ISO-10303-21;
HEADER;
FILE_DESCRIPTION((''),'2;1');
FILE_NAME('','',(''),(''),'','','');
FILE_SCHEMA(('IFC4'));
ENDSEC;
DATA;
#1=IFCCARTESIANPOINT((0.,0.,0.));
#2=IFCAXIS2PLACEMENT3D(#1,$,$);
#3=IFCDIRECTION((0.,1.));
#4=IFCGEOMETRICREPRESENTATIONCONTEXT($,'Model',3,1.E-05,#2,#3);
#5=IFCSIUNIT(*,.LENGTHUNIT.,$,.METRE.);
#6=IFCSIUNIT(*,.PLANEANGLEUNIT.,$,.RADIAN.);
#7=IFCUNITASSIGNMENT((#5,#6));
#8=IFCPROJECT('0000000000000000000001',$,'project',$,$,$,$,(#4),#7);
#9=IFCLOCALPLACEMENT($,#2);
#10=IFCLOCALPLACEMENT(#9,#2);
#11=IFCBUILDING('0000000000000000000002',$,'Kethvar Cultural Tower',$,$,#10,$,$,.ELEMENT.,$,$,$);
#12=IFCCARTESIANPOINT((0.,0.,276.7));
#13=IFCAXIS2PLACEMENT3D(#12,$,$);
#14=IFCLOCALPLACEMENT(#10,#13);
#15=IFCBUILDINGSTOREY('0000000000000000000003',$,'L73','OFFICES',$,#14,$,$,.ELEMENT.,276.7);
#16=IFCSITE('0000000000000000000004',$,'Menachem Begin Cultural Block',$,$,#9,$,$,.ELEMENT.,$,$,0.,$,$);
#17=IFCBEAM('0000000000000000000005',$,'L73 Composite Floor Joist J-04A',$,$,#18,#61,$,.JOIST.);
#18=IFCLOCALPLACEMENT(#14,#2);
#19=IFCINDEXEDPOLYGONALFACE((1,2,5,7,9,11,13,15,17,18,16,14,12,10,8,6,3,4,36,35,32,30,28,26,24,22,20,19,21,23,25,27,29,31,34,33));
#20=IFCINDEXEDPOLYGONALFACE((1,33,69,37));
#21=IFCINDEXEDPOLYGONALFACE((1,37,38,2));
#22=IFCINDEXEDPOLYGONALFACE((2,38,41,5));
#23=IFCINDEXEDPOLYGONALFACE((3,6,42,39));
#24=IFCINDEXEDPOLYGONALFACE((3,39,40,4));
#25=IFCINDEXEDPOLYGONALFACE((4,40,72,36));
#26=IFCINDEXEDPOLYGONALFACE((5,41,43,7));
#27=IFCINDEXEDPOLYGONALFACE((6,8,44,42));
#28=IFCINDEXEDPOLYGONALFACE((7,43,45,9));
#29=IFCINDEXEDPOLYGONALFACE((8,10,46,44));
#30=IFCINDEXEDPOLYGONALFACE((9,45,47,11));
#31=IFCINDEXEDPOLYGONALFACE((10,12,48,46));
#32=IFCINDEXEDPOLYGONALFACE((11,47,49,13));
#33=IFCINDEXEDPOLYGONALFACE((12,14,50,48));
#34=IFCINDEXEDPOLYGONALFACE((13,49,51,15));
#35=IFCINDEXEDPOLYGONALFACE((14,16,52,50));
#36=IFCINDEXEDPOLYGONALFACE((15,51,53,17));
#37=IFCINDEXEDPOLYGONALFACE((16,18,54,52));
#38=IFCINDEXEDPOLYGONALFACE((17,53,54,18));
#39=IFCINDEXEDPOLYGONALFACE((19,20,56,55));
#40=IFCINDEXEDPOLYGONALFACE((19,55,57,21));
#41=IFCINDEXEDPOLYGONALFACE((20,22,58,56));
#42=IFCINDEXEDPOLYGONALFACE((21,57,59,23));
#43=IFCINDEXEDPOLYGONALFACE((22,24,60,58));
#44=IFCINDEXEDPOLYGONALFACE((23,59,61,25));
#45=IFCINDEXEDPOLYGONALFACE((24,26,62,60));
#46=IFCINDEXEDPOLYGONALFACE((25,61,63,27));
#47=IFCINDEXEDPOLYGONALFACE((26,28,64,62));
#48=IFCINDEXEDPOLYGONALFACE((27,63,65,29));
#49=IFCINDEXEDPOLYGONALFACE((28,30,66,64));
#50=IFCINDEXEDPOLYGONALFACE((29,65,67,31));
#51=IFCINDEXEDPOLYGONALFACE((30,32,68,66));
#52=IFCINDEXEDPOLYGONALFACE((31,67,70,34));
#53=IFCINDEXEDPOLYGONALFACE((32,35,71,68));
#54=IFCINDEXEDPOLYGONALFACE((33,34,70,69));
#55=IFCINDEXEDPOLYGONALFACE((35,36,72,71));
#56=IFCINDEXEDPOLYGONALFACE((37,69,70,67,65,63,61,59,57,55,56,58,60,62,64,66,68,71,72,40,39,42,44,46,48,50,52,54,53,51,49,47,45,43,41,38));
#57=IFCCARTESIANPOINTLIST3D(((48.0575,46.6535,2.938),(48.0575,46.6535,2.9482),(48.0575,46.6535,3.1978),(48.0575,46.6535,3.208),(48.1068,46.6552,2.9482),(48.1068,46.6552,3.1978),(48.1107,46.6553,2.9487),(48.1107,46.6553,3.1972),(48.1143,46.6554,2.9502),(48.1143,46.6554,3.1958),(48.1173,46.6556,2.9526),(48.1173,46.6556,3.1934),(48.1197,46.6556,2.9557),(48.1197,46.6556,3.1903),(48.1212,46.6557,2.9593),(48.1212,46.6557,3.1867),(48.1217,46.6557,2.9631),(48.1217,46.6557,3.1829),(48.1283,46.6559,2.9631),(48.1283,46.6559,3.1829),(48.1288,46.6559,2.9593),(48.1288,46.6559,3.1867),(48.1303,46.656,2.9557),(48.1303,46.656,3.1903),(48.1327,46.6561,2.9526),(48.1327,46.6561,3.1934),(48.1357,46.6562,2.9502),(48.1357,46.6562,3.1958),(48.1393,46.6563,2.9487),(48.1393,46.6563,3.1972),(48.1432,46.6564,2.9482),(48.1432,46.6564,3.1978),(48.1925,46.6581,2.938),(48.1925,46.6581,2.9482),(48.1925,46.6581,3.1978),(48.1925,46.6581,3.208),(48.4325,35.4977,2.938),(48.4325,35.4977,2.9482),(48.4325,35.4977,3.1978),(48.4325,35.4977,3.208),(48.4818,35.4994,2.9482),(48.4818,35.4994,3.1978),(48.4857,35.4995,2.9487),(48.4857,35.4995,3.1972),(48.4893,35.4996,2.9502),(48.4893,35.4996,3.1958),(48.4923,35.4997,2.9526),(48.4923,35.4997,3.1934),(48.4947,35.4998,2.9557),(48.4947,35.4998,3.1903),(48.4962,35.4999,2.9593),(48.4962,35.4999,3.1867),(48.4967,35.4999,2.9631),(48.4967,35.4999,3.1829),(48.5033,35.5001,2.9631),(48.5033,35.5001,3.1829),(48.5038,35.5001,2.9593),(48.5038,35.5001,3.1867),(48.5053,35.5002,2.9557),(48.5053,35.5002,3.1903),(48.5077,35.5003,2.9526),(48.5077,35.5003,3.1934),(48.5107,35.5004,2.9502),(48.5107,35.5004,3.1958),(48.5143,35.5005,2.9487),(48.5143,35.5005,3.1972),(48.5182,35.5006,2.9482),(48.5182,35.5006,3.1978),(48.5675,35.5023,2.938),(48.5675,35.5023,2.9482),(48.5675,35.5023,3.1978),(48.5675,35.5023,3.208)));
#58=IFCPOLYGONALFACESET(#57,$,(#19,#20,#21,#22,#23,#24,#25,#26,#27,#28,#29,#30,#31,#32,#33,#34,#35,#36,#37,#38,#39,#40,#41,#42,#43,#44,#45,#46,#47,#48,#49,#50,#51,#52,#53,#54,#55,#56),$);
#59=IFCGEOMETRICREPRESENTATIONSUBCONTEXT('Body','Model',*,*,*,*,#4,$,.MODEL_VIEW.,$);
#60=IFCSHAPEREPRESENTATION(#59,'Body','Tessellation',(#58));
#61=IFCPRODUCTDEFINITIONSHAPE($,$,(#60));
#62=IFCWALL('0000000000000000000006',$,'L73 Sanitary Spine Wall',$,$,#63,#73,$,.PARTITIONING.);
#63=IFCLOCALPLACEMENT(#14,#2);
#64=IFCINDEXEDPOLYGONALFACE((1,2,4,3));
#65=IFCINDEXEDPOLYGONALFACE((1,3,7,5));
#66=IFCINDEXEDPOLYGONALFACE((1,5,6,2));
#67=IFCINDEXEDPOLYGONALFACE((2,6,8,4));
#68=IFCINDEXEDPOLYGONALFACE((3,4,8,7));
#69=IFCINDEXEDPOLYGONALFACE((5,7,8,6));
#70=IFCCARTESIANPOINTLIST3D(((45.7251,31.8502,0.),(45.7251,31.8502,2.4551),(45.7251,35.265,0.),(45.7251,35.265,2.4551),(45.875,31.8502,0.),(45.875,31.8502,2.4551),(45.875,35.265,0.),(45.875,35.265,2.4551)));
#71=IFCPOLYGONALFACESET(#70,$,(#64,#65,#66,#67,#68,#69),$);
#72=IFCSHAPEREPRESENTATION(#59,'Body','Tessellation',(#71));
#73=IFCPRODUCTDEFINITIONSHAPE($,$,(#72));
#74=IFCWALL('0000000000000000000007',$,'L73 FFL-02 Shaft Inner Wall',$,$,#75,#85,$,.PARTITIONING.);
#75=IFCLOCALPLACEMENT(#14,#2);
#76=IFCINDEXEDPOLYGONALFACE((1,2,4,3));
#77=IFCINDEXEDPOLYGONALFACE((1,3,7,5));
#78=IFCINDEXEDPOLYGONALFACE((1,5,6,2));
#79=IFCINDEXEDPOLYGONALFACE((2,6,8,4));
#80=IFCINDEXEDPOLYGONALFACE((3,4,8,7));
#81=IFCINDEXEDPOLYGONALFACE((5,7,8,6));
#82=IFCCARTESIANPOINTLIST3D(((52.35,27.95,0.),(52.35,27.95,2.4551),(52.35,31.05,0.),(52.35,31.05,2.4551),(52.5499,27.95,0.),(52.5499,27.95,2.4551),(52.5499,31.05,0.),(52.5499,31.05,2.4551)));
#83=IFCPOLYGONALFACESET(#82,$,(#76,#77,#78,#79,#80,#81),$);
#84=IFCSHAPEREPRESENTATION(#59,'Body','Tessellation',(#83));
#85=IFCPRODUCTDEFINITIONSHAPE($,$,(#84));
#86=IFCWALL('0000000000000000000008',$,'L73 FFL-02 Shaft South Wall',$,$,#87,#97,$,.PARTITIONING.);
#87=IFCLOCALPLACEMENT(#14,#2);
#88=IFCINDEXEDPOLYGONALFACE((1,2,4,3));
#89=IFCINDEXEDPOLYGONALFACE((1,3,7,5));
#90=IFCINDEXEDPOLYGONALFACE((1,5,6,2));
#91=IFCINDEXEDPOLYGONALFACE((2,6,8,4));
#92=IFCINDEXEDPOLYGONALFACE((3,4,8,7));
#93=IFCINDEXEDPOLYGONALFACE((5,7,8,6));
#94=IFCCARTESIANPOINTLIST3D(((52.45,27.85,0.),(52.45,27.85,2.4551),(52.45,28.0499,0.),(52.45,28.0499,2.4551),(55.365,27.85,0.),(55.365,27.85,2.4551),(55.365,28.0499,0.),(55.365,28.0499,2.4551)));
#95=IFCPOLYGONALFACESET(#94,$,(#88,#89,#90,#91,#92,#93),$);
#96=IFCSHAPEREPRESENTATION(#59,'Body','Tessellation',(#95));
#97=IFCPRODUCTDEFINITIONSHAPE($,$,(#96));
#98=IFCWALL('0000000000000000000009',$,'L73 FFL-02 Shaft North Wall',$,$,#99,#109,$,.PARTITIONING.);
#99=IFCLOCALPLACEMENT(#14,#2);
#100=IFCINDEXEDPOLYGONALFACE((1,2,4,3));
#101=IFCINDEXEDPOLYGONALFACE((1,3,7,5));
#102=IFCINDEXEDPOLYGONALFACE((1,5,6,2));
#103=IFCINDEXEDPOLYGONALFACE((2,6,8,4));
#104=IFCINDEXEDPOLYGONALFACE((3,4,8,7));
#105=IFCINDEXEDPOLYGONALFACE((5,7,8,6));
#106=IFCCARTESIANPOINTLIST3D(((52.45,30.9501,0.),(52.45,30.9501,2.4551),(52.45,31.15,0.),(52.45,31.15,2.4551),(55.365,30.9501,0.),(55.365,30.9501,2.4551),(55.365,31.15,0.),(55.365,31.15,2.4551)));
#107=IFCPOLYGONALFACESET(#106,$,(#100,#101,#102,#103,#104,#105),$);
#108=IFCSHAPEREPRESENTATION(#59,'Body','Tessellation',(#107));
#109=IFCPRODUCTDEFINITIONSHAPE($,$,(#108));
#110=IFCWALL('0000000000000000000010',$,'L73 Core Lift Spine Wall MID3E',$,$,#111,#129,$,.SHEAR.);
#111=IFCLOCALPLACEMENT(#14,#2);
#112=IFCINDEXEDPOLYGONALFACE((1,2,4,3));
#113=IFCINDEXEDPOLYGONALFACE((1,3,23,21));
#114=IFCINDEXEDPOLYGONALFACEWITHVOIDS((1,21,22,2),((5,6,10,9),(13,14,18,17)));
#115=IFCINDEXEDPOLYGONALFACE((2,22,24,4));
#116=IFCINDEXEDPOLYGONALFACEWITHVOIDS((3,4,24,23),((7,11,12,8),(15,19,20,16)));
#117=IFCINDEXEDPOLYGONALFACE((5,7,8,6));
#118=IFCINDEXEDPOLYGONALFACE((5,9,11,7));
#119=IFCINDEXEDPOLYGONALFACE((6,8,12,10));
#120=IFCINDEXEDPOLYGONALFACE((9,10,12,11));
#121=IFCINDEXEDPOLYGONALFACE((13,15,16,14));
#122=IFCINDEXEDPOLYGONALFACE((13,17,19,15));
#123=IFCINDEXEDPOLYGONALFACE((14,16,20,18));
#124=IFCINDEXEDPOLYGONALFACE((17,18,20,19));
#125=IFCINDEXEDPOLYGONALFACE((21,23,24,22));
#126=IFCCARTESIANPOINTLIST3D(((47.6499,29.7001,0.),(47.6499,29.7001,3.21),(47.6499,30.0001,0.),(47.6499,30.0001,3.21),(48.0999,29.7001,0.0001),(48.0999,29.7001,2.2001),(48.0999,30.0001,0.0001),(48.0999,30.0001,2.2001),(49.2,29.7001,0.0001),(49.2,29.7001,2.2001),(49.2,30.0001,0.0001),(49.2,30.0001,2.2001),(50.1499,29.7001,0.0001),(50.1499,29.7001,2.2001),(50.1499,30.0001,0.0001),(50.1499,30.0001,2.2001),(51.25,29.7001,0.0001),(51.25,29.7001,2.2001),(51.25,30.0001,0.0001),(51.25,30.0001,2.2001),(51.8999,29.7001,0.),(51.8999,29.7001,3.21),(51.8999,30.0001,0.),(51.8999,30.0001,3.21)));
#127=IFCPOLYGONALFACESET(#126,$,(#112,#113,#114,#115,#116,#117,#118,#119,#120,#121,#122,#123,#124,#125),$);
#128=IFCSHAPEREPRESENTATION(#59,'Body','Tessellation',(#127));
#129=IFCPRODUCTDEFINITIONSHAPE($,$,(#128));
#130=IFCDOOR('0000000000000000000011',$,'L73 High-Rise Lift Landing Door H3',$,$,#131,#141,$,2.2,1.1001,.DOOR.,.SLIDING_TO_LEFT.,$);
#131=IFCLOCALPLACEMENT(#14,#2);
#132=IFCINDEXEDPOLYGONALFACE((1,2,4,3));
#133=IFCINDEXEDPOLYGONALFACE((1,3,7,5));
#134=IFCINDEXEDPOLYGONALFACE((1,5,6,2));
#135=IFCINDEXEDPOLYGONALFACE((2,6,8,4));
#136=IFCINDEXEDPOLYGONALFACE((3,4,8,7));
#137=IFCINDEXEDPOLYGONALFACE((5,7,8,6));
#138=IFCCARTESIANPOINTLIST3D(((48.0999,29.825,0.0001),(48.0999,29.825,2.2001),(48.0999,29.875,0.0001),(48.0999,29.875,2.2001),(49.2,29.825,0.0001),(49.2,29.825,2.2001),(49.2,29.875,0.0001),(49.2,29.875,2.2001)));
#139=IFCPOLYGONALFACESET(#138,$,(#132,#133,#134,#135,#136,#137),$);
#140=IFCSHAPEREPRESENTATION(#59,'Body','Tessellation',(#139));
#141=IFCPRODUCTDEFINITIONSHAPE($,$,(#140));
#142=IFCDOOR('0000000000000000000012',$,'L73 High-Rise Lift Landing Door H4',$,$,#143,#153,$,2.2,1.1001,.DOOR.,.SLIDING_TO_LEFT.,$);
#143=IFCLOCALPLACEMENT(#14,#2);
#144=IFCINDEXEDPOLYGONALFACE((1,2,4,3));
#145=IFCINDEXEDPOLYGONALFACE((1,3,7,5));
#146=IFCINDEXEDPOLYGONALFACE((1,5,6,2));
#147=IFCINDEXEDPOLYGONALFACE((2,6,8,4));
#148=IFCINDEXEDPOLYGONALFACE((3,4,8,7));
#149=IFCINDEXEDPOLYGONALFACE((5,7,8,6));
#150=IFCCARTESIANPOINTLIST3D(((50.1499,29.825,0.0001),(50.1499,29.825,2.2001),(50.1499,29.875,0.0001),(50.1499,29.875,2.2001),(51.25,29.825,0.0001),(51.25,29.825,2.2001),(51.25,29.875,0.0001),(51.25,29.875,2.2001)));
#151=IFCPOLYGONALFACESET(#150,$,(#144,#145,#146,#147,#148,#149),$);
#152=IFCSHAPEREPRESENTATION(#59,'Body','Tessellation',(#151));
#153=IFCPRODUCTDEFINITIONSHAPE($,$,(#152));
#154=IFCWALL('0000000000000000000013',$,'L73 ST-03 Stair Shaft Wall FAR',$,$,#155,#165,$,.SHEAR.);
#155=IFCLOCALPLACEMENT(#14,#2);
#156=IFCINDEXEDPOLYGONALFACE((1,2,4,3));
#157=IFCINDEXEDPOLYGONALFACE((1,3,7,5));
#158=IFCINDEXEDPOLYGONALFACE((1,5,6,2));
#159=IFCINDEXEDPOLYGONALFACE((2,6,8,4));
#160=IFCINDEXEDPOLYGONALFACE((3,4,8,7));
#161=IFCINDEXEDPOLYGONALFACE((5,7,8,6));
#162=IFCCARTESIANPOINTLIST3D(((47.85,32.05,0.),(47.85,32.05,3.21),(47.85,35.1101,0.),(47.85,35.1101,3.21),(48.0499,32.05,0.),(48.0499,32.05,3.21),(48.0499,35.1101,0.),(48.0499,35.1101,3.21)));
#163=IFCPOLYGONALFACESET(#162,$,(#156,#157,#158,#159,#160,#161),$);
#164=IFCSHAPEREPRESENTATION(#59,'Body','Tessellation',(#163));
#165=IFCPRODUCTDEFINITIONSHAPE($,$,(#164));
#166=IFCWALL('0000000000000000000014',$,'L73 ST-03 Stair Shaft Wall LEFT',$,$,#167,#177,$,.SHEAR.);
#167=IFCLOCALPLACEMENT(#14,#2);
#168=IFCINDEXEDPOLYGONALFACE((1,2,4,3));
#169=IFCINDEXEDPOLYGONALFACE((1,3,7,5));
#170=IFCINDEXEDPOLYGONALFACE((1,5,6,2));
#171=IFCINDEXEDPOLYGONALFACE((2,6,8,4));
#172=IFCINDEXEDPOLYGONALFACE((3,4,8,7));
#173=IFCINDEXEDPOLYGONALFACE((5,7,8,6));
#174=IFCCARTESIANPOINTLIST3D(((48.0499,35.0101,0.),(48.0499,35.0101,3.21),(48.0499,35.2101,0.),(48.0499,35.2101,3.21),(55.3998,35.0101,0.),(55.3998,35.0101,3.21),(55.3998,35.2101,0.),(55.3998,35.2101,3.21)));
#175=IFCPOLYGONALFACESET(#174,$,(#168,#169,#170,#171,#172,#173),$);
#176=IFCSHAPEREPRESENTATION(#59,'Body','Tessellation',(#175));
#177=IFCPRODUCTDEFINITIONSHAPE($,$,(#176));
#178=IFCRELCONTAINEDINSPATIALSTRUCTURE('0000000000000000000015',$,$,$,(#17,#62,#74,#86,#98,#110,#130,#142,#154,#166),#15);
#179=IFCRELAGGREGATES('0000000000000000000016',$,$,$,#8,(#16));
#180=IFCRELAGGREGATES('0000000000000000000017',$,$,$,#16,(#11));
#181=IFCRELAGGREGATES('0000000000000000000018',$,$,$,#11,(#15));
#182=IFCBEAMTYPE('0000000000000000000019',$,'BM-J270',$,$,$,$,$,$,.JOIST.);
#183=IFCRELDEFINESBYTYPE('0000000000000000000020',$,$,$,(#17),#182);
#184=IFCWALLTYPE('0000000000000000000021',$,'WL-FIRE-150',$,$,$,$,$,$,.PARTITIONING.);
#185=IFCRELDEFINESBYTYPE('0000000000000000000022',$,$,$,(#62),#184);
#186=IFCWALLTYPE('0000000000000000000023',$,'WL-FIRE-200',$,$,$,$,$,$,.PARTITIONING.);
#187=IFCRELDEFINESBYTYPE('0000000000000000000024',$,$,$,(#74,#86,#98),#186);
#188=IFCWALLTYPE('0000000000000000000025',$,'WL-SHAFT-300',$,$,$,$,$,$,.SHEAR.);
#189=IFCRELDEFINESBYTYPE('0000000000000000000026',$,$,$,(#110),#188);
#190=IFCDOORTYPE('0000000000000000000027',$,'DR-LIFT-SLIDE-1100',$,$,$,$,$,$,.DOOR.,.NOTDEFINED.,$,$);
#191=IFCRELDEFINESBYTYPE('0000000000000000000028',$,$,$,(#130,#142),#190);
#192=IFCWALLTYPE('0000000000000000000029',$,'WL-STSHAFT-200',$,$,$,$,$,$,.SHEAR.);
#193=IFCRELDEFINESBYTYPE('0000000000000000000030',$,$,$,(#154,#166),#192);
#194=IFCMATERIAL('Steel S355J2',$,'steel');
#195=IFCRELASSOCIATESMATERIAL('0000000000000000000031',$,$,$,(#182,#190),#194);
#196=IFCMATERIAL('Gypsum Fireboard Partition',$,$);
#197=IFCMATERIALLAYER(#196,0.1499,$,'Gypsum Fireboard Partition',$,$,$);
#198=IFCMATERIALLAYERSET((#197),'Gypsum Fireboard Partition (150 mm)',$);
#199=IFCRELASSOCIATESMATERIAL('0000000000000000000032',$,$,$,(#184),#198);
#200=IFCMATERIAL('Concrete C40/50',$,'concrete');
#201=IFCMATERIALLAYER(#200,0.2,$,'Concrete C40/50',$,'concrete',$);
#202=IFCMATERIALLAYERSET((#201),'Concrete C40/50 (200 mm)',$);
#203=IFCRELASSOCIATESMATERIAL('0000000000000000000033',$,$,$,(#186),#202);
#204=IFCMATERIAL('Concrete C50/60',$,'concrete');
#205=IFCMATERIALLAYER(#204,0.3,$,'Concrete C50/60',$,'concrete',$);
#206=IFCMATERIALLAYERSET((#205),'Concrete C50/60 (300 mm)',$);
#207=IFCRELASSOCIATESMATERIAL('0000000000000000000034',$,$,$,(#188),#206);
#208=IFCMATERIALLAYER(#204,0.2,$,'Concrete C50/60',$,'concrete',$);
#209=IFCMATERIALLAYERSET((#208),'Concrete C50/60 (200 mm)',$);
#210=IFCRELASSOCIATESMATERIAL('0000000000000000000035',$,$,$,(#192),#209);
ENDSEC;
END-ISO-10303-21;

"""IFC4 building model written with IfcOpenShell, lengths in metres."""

from ifc_helpers import new_model, si_unit, direction, frame, frame_2d, origin, origin_2d, place, context, subcontext, project, spatial, rectangle, i_section, extrude, source, transform, mapped, material, layer, layer_set, material_profile, profile_set, type_object, element, fill, save


model = new_model("IFC4")

# Units and contexts
model_context = context("Model", 3, precision=1e-05, world=origin(), true_north=direction((0.0, 1.0)))
body_context = subcontext(model_context, "Body", "Model", "MODEL_VIEW")
ifc_project = project(units=[si_unit("LENGTHUNIT", "METRE"), si_unit("PLANEANGLEUNIT", "RADIAN")], contexts=[model_context])

# Site, building, storey
site_placement = place(None, origin())
site = spatial("IfcSite", under=ifc_project, at=site_placement, Name="Menachem Begin Cultural Block", CompositionType="ELEMENT", RefElevation=0.0)
building_placement = place(site_placement, origin())
building = spatial("IfcBuilding", under=site, at=building_placement, Name="Kethvar Cultural Tower", CompositionType="ELEMENT")
storey_placement = place(building_placement, frame((0.0, 0.0, 276.7)))
storey = spatial("IfcBuildingStorey", under=building, at=storey_placement, Name="L73", Description="OFFICES", CompositionType="ELEMENT", Elevation=276.7)

# Beam
ifc_material_1 = material(Name="Steel S355J2", Category="steel")
ifc_material_profile_1 = material_profile(ifc_material_1, i_section(OverallWidth=0.135, OverallDepth=0.27, WebThickness=0.0066, FlangeThickness=0.0103, FilletRadius=0.0149, at=origin_2d()), Name="Steel S355J2 — IPE270")
ifc_profile_set_1 = profile_set([ifc_material_profile_1], Name="Steel S355J2 — IPE270")
beam_type_1 = type_object("IfcBeamType", Name="BM-J270", PredefinedType="JOIST", material=ifc_profile_set_1)
shared_shape_1 = source(origin(), body_context, "Body", "SweptSolid", [
    extrude(i_section(OverallWidth=0.135, OverallDepth=0.27, WebThickness=0.0066, FlangeThickness=0.0103, FilletRadius=0.0149, at=origin_2d()), origin(), (0.0, 0.0, 1.0), 11.1621),
])
beam_1_placement = place(storey_placement, frame((48.5, 35.5, 3.073), z_axis=(-0.033596, 0.999435, 0.0), x_axis=(-0.999435, -0.033596, 0.0)))
element("IfcBeam", 1, at=beam_1_placement, inside=storey, type_object=beam_type_1, Name="L73 Composite Floor Joist J-04A", PredefinedType="JOIST", context=body_context, shape_type="MappedRepresentation", body=[
    mapped(shared_shape_1, transform((0.0, 0.0, 0.0), scale=1.0)),
])

# Walls
ifc_material_2 = material(Name="Gypsum Fireboard Partition")
ifc_layer_1 = layer(ifc_material_2, 0.1499, Name="Gypsum Fireboard Partition")
ifc_layer_set_1 = layer_set([ifc_layer_1], Name="Gypsum Fireboard Partition (150 mm)")
wall_type_1 = type_object("IfcWallType", Name="WL-FIRE-150", PredefinedType="PARTITIONING", material=ifc_layer_set_1)
wall_1_placement = place(storey_placement, frame((45.8, 31.8501, 0.0), z_axis=(0.0, 0.0, 1.0), x_axis=(0.0, 1.0, 0.0)))
element("IfcWall", 2, at=wall_1_placement, inside=storey, type_object=wall_type_1, Name="L73 Sanitary Spine Wall", PredefinedType="PARTITIONING", context=body_context, shape_type="SweptSolid", body=[
    extrude(rectangle(XDim=3.4148, YDim=0.1499, at=frame_2d((1.7075, 0.0))), origin(), (0.0, 0.0, 1.0), 2.4551),
])
ifc_material_3 = material(Name="Concrete C40/50", Category="concrete")
ifc_layer_2 = layer(ifc_material_3, 0.2, Name="Concrete C40/50", Category="concrete")
ifc_layer_set_2 = layer_set([ifc_layer_2], Name="Concrete C40/50 (200 mm)")
wall_type_2 = type_object("IfcWallType", Name="WL-FIRE-200", PredefinedType="PARTITIONING", material=ifc_layer_set_2)
wall_2_placement = place(storey_placement, frame((52.45, 27.95, 0.0), z_axis=(0.0, 0.0, 1.0), x_axis=(0.0, 1.0, 0.0)))
element("IfcWall", 3, at=wall_2_placement, inside=storey, type_object=wall_type_2, Name="L73 FFL-02 Shaft Inner Wall", PredefinedType="PARTITIONING", context=body_context, shape_type="SweptSolid", body=[
    extrude(rectangle(XDim=3.1001, YDim=0.2, at=frame_2d((1.55, 0.0))), origin(), (0.0, 0.0, 1.0), 2.4551),
])
for number, where, z_axis, x_axis, name in (
    (4, (52.45, 27.95, 0.0), (0.0, 0.0, 1.0), (1.0, 0.0, 0.0), "L73 FFL-02 Shaft South Wall"),
    (5, (52.45, 31.05, 0.0), (0.0, 0.0, 1.0), (1.0, 0.0, 0.0), "L73 FFL-02 Shaft North Wall"),
):
    element("IfcWall", number, at=place(storey_placement, frame(where, z_axis=z_axis, x_axis=x_axis)), inside=storey, type_object=wall_type_2, Name=name, PredefinedType="PARTITIONING", context=body_context, shape_type="SweptSolid", body=[
        extrude(rectangle(XDim=2.915, YDim=0.2, at=frame_2d((1.4575, 0.0))), origin(), (0.0, 0.0, 1.0), 2.4551),
    ])

# Wall, openings, doors
ifc_material_4 = material(Name="Concrete C50/60", Category="concrete")
ifc_layer_3 = layer(ifc_material_4, 0.3, Name="Concrete C50/60", Category="concrete")
ifc_layer_set_3 = layer_set([ifc_layer_3], Name="Concrete C50/60 (300 mm)")
wall_type_3 = type_object("IfcWallType", Name="WL-SHAFT-300", PredefinedType="SHEAR", material=ifc_layer_set_3)
wall_3_placement = place(storey_placement, frame((47.6499, 29.8501, 0.0), z_axis=(0.0, 0.0, 1.0), x_axis=(1.0, 0.0, 0.0)))
wall_3 = element("IfcWall", 6, at=wall_3_placement, inside=storey, type_object=wall_type_3, Name="L73 Core Lift Spine Wall MID3E", PredefinedType="SHEAR", context=body_context, shape_type="SweptSolid", body=[
    extrude(rectangle(XDim=4.25, YDim=0.3, at=frame_2d((2.125, 0.0))), origin(), (0.0, 0.0, 1.0), 3.21),
])
opening_1_placement = place(wall_3_placement, frame((0.45, 0.0, 0.0)))
opening_1 = element("IfcOpeningElement", 7, at=opening_1_placement, cuts=wall_3, PredefinedType="OPENING", context=body_context, shape_type="SweptSolid", body=[
    extrude(rectangle(XDim=1.1001, YDim=2.2, at=frame_2d((0.55, 1.1001))), frame((0.0, 0.1599, 0.0), z_axis=(0.0, -1.0, 0.0), x_axis=(1.0, 0.0, 0.0)), (0.0, 0.0, 1.0), 0.3201),
])
opening_2_placement = place(wall_3_placement, frame((2.5, 0.0, 0.0)))
opening_2 = element("IfcOpeningElement", 8, at=opening_2_placement, cuts=wall_3, PredefinedType="OPENING", context=body_context, shape_type="SweptSolid", body=[
    extrude(rectangle(XDim=1.1001, YDim=2.2, at=frame_2d((0.55, 1.1001))), frame((0.0, 0.1599, 0.0), z_axis=(0.0, -1.0, 0.0), x_axis=(1.0, 0.0, 0.0)), (0.0, 0.0, 1.0), 0.3201),
])
door_type = type_object("IfcDoorType", Name="DR-LIFT-SLIDE-1100", OperationType="NOTDEFINED", PredefinedType="DOOR", material=ifc_material_1)
shared_shape_2 = source(origin(), body_context, "Body", "SweptSolid", [
    extrude(rectangle(XDim=1.1001, YDim=2.2, at=frame_2d((0.55, 1.1001))), frame((0.0, 0.0249, 0.0), z_axis=(0.0, -1.0, 0.0), x_axis=(1.0, 0.0, 0.0)), (0.0, 0.0, 1.0), 0.05),
])
door_1_placement = place(opening_1_placement, origin())
door_1 = element("IfcDoor", 9, at=door_1_placement, inside=storey, type_object=door_type, Name="L73 High-Rise Lift Landing Door H3", OperationType="SLIDING_TO_LEFT", OverallHeight=2.2, OverallWidth=1.1001, PredefinedType="DOOR", context=body_context, shape_type="MappedRepresentation", body=[
    mapped(shared_shape_2, transform((0.0, 0.0, 0.0), scale=1.0)),
])
fill(opening_1, door_1)
door_2_placement = place(opening_2_placement, origin())
door_2 = element("IfcDoor", 10, at=door_2_placement, inside=storey, type_object=door_type, Name="L73 High-Rise Lift Landing Door H4", OperationType="SLIDING_TO_LEFT", OverallHeight=2.2, OverallWidth=1.1001, PredefinedType="DOOR", context=body_context, shape_type="MappedRepresentation", body=[
    mapped(shared_shape_2, transform((0.0, 0.0, 0.0), scale=1.0)),
])
fill(opening_2, door_2)

# Walls
ifc_layer_4 = layer(ifc_material_4, 0.2, Name="Concrete C50/60", Category="concrete")
ifc_layer_set_4 = layer_set([ifc_layer_4], Name="Concrete C50/60 (200 mm)")
wall_type_4 = type_object("IfcWallType", Name="WL-STSHAFT-200", PredefinedType="SHEAR", material=ifc_layer_set_4)
wall_4_placement = place(storey_placement, frame((47.95, 32.05, 0.0), z_axis=(0.0, 0.0, 1.0), x_axis=(0.0, 1.0, 0.0)))
element("IfcWall", 11, at=wall_4_placement, inside=storey, type_object=wall_type_4, Name="L73 ST-03 Stair Shaft Wall FAR", PredefinedType="SHEAR", context=body_context, shape_type="SweptSolid", body=[
    extrude(rectangle(XDim=3.0601, YDim=0.2, at=frame_2d((1.53, 0.0))), origin(), (0.0, 0.0, 1.0), 3.21),
])
for number, where, z_axis, x_axis, name in (
    (12, (48.05, 35.1101, 0.0), (0.0, 0.0, 1.0), (1.0, 0.0, 0.0), "L73 ST-03 Stair Shaft Wall LEFT"),
):
    element("IfcWall", number, at=place(storey_placement, frame(where, z_axis=z_axis, x_axis=x_axis)), inside=storey, type_object=wall_type_4, Name=name, PredefinedType="SHEAR", context=body_context, shape_type="SweptSolid", body=[
        extrude(rectangle(XDim=7.3499, YDim=0.2, at=frame_2d((3.6748, 0.0))), origin(), (0.0, 0.0, 1.0), 3.21),
    ])

save(model, "model.ifc")
